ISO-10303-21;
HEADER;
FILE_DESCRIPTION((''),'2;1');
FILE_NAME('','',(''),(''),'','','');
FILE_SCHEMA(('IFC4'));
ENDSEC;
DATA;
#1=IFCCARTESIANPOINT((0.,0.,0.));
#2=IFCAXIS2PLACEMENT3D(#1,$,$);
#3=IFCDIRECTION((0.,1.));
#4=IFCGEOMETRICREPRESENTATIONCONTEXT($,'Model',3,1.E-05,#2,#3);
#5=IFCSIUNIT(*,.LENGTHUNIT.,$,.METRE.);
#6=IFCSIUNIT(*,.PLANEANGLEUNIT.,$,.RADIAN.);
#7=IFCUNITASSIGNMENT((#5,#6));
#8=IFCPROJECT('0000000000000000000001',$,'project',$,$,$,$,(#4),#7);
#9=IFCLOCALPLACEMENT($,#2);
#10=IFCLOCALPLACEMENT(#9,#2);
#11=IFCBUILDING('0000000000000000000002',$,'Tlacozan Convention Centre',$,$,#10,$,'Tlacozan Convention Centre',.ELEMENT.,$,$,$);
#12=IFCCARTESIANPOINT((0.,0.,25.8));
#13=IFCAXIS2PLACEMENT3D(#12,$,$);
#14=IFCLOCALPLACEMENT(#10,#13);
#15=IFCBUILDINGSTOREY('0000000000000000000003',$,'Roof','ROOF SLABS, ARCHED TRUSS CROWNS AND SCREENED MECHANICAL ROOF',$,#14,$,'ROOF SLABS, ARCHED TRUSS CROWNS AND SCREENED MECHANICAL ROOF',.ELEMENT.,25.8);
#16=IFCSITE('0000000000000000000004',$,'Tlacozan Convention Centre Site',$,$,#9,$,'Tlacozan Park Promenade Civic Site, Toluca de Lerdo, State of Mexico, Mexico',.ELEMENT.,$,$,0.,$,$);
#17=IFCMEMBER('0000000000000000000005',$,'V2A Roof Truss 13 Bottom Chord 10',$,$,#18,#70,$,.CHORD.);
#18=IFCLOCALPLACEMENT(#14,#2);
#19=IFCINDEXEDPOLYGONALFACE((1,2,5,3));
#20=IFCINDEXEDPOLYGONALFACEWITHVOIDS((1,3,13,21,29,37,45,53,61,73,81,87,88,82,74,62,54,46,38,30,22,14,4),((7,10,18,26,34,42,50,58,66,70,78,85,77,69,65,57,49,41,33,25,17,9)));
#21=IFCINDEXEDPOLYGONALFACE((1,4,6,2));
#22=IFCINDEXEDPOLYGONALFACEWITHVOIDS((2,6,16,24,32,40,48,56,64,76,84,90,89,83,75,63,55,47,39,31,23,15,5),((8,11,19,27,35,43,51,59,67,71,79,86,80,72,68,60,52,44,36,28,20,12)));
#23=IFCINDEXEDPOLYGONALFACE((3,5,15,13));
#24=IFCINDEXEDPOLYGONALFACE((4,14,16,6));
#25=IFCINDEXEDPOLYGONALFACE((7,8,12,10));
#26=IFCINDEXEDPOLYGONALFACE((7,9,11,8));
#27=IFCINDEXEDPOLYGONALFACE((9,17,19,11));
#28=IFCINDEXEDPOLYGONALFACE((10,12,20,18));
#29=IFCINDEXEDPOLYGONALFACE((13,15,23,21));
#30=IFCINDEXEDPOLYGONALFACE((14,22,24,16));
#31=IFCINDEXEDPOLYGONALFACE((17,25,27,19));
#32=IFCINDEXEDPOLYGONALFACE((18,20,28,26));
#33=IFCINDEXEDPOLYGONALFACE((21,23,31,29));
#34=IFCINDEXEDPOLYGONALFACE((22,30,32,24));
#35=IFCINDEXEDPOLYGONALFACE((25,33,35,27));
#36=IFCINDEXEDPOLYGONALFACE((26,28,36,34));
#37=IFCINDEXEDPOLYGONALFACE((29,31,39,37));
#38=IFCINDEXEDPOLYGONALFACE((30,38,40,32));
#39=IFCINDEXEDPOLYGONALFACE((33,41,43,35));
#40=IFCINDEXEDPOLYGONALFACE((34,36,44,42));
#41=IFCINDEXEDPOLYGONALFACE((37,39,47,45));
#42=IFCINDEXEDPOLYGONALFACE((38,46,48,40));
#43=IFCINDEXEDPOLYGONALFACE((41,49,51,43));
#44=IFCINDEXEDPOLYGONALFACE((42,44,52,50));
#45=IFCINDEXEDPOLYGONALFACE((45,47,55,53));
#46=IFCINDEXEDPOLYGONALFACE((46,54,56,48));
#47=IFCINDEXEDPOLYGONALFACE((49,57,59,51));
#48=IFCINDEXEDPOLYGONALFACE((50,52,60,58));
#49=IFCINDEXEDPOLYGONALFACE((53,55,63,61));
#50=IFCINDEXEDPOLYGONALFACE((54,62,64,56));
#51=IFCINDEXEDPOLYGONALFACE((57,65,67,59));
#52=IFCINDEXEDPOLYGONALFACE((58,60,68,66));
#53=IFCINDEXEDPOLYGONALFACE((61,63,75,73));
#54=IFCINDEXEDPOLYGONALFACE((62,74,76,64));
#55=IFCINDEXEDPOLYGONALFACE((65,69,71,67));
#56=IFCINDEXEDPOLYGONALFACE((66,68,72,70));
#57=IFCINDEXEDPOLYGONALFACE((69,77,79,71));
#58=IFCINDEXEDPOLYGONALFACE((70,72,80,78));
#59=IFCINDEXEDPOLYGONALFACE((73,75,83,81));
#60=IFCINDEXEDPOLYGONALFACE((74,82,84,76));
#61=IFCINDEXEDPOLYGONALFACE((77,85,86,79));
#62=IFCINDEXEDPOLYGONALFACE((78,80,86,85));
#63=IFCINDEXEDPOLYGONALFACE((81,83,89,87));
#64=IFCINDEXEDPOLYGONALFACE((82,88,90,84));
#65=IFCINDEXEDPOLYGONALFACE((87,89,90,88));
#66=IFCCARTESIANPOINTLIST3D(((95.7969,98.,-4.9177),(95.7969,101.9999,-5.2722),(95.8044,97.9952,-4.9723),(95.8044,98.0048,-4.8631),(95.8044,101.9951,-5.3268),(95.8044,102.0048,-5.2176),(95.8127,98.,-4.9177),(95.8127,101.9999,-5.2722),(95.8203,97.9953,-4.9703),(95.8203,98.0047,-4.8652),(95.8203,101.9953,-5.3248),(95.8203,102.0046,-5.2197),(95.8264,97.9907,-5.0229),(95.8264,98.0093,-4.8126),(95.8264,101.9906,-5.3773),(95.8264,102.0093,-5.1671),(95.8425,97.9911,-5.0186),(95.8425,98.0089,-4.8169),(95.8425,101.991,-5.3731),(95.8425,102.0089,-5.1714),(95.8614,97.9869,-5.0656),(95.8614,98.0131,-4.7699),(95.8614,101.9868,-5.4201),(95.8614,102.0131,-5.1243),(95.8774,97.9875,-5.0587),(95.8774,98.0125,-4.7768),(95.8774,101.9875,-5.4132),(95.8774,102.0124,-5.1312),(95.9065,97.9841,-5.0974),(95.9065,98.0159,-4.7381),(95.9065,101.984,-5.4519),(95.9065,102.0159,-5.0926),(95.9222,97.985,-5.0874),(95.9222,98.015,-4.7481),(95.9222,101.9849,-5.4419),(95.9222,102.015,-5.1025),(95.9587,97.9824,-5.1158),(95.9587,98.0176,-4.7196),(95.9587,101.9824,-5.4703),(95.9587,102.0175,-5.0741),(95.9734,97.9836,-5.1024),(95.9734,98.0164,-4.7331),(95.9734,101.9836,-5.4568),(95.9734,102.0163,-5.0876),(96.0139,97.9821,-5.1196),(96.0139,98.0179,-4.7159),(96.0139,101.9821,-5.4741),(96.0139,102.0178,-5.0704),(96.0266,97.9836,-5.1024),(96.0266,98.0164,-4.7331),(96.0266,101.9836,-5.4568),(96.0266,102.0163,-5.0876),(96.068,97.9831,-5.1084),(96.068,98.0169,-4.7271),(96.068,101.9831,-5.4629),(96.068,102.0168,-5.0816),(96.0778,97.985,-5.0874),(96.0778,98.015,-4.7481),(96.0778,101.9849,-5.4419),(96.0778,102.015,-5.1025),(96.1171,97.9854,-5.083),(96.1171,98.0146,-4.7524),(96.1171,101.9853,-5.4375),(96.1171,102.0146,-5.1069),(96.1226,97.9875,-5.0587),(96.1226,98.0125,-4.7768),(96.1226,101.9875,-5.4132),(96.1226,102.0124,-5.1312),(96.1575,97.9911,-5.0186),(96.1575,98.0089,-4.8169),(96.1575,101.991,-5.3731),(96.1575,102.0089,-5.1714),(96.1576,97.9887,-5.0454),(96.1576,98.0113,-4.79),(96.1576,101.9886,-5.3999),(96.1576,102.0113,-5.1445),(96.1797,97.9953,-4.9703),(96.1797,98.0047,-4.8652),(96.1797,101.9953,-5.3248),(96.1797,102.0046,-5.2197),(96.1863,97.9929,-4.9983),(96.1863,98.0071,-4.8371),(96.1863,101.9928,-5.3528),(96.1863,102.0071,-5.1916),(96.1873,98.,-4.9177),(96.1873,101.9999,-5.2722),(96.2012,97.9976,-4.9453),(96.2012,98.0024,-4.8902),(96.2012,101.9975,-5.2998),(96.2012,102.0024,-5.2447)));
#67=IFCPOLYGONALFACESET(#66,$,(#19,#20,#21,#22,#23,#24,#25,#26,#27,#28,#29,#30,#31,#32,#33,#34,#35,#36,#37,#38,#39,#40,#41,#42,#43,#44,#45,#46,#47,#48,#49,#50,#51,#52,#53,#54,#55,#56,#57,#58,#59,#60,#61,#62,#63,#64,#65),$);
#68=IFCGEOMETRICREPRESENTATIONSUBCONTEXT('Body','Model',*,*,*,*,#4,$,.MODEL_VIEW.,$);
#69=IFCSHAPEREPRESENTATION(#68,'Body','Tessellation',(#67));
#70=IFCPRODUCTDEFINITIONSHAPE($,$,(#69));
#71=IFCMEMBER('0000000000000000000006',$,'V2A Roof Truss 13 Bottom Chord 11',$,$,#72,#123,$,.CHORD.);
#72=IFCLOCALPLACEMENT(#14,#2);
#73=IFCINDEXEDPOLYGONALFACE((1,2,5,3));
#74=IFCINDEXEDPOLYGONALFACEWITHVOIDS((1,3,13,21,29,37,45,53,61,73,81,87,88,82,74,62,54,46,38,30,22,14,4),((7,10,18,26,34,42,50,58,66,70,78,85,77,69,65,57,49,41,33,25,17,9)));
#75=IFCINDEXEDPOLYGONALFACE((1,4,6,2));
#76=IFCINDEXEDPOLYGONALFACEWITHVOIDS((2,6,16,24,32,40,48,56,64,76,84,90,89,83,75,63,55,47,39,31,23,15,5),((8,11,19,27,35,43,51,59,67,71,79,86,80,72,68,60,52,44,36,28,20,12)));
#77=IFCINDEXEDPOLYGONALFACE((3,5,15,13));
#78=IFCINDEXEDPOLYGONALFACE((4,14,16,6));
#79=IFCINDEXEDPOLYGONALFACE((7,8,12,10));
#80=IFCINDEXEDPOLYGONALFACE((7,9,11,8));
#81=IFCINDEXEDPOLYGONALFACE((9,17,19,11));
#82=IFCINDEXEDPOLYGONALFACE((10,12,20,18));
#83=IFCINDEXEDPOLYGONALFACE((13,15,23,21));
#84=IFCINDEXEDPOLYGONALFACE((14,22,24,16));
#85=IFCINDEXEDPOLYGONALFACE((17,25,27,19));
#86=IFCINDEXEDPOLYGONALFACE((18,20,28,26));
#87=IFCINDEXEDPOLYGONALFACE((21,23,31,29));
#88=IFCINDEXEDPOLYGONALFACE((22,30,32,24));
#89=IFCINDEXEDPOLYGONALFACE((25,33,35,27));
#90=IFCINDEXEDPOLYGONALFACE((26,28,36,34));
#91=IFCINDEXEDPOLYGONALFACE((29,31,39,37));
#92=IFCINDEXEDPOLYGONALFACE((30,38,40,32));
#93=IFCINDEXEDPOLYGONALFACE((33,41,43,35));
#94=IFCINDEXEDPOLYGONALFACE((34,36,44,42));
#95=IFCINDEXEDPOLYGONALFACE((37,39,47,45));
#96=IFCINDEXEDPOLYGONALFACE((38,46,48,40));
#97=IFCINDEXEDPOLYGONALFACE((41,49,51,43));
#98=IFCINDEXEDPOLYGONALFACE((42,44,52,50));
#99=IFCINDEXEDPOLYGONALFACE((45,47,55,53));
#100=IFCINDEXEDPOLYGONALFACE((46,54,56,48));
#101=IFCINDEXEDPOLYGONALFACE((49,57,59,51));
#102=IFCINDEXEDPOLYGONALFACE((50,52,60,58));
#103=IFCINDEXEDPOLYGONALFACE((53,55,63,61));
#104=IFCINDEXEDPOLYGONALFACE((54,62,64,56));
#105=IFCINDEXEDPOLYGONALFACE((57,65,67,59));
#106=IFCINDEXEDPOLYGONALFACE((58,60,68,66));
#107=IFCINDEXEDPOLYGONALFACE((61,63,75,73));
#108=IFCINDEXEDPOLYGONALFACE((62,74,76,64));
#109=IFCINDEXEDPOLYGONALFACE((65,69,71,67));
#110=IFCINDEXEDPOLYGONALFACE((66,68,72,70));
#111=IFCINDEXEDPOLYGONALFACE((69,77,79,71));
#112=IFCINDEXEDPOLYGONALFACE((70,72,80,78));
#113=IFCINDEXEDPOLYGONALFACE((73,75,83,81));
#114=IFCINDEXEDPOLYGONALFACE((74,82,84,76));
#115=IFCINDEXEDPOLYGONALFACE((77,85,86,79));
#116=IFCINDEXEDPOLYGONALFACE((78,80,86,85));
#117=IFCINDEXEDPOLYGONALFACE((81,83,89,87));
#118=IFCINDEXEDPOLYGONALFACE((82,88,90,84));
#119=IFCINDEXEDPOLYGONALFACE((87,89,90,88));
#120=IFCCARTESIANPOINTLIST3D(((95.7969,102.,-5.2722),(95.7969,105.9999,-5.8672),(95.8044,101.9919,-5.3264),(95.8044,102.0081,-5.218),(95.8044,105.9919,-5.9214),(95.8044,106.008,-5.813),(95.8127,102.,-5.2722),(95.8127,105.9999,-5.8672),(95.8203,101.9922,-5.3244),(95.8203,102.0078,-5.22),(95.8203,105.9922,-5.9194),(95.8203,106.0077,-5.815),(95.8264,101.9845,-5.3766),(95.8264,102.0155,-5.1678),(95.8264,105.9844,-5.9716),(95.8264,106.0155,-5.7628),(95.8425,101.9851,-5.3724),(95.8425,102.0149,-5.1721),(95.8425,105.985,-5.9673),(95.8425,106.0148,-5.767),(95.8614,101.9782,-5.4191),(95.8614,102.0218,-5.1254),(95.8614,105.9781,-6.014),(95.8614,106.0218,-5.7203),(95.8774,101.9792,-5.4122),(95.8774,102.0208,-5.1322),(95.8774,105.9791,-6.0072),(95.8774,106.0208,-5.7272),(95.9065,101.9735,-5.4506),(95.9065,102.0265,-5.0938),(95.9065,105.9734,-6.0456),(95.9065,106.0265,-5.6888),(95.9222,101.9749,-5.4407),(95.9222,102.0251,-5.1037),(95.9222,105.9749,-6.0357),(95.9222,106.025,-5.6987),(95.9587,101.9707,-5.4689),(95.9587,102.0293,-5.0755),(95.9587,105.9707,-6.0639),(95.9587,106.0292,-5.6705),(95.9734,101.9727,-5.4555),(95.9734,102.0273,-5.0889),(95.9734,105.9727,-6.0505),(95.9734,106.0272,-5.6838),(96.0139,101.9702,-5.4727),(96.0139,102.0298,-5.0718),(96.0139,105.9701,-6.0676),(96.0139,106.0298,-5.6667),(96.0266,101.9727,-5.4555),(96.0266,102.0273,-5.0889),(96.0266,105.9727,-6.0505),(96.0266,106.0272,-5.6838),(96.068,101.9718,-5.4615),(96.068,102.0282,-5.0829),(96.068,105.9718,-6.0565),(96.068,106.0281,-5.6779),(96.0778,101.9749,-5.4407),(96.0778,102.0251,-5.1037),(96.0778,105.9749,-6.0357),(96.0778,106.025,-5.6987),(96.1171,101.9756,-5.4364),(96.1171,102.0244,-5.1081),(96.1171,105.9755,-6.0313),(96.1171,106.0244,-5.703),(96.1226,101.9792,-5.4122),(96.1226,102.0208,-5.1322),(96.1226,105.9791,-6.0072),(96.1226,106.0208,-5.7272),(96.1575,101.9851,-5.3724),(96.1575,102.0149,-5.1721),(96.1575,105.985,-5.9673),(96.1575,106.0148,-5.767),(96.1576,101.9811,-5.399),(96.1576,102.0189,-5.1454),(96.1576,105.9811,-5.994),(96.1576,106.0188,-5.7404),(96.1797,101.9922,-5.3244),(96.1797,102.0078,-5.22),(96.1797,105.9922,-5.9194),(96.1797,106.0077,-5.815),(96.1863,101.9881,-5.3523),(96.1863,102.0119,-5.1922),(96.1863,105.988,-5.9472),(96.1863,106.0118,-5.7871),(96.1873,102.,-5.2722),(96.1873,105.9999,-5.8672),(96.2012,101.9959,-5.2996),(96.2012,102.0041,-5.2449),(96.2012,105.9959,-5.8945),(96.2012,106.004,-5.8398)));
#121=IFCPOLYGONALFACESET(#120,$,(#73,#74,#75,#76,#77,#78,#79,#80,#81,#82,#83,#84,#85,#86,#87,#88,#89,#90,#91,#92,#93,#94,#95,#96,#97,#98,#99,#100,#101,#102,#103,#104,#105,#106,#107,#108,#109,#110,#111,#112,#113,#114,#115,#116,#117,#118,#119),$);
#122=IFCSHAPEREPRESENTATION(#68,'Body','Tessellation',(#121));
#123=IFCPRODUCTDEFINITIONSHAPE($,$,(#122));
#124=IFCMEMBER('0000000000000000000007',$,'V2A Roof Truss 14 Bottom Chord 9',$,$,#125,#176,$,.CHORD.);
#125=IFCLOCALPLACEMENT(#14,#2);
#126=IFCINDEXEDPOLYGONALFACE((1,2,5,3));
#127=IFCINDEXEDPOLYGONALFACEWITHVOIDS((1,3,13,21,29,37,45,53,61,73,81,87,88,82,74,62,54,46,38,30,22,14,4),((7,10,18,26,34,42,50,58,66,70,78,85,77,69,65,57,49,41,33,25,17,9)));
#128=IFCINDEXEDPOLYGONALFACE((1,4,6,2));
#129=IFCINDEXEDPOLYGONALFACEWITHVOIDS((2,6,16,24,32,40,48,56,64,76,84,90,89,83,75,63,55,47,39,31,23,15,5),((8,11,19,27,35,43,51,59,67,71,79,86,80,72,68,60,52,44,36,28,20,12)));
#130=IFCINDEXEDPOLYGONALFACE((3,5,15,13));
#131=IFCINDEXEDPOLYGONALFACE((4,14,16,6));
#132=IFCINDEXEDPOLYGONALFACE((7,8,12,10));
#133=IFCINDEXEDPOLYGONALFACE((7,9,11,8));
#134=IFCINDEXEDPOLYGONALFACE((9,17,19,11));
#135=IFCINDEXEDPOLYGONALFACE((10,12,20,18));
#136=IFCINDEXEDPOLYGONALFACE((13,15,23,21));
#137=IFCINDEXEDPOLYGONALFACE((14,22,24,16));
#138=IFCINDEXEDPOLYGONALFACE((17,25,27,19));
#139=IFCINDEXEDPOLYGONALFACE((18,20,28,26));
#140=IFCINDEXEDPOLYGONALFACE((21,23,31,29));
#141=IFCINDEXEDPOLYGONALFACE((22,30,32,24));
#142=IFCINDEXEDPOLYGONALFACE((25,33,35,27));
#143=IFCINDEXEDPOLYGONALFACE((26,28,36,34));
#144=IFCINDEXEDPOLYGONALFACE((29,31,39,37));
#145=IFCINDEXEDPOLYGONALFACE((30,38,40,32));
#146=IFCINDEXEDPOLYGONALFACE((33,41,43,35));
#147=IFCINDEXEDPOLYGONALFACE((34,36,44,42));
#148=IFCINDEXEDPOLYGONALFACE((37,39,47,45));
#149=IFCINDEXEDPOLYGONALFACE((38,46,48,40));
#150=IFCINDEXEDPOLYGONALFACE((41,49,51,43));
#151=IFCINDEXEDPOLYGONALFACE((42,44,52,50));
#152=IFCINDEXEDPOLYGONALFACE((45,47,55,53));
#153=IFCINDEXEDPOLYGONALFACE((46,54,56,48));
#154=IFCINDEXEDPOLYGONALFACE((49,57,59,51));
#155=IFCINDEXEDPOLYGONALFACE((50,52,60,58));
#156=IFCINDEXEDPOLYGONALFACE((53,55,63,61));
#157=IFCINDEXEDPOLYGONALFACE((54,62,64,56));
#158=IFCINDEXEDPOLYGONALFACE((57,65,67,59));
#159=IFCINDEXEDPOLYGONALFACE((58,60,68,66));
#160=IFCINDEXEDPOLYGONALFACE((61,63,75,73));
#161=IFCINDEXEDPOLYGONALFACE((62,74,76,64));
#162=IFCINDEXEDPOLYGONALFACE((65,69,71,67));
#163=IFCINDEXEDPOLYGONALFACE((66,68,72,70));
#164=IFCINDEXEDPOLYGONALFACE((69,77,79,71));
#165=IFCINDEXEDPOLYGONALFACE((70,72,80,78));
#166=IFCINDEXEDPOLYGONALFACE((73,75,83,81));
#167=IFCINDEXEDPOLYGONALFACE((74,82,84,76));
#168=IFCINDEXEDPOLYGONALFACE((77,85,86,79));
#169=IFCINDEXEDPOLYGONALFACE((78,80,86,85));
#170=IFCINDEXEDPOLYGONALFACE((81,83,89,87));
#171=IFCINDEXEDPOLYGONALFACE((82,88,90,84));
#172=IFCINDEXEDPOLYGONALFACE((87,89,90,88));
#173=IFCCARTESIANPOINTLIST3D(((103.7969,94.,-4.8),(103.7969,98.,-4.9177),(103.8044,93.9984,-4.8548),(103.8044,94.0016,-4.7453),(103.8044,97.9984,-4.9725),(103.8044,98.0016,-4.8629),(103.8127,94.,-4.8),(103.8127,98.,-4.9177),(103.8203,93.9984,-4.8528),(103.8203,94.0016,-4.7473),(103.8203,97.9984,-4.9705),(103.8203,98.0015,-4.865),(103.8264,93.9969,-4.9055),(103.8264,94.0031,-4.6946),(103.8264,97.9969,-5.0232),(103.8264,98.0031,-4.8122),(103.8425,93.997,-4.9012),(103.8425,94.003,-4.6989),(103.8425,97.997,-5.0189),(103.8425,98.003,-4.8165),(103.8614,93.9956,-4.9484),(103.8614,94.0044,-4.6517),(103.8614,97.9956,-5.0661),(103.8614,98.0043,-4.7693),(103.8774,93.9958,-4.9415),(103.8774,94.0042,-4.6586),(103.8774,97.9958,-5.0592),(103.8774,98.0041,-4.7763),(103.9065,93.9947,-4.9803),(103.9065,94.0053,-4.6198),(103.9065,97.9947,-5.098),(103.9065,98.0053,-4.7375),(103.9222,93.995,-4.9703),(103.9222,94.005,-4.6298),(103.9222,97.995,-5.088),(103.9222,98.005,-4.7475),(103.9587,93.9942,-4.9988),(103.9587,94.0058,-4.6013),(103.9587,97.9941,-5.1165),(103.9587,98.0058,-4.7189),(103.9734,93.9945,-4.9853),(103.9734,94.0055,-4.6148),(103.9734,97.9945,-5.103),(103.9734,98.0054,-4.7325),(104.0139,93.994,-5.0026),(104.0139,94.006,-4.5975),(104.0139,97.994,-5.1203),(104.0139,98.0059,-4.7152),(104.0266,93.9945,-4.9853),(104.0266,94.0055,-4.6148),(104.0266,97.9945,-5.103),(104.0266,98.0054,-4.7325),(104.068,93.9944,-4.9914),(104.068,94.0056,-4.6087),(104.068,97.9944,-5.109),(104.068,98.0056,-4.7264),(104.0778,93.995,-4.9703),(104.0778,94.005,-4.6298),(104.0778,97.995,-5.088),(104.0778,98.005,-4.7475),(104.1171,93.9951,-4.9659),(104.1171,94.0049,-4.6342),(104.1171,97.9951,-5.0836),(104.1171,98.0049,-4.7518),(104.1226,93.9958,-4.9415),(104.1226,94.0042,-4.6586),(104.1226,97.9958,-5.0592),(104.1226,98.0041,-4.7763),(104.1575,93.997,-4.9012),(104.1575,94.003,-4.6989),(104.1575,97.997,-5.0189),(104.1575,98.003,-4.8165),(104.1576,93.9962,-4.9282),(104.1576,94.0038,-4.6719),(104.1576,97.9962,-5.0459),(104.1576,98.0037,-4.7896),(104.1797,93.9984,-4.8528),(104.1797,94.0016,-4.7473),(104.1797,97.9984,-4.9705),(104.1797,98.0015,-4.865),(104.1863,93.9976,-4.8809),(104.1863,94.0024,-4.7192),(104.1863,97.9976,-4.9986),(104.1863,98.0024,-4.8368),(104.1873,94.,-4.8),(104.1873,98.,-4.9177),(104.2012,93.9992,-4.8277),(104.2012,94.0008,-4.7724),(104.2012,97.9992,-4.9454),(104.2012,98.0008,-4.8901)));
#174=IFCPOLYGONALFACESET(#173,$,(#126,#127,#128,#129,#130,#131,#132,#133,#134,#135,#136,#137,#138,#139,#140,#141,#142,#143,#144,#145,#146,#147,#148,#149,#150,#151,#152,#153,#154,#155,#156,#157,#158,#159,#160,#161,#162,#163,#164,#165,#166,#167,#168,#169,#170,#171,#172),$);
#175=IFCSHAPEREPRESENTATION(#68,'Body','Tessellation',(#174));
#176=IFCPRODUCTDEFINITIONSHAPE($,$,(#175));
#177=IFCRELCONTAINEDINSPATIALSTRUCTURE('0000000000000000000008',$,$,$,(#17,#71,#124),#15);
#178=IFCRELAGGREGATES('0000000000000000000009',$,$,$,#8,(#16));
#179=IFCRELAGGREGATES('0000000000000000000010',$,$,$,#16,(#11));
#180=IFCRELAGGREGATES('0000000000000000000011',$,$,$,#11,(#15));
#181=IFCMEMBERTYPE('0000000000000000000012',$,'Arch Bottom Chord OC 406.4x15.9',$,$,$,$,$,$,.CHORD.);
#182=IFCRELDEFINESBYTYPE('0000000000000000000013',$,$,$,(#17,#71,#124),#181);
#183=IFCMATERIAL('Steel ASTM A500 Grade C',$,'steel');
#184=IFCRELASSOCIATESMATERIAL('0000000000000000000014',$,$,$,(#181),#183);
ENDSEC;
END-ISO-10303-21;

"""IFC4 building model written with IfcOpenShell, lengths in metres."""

from ifc_helpers import new_model, si_unit, direction, frame, origin, origin_2d, place, context, subcontext, project, spatial, hollow_circle, extrude, material, material_profile, profile_set, type_object, element, save


model = new_model("IFC4")

# Units and contexts
model_context = context("Model", 3, precision=1e-05, world=origin(), true_north=direction((0.0, 1.0)))
body_context = subcontext(model_context, "Body", "Model", "MODEL_VIEW")
ifc_project = project(units=[si_unit("LENGTHUNIT", "METRE"), si_unit("PLANEANGLEUNIT", "RADIAN")], contexts=[model_context])

# Site, building, storey
site_placement = place(None, origin())
site = spatial("IfcSite", under=ifc_project, at=site_placement, Name="Tlacozan Convention Centre Site", LongName="Tlacozan Park Promenade Civic Site, Toluca de Lerdo, State of Mexico, Mexico", CompositionType="ELEMENT", RefElevation=0.0)
building_placement = place(site_placement, origin())
building = spatial("IfcBuilding", under=site, at=building_placement, Name="Tlacozan Convention Centre", LongName="Tlacozan Convention Centre", CompositionType="ELEMENT")
storey_placement = place(building_placement, frame((0.0, 0.0, 25.8)))
storey = spatial("IfcBuildingStorey", under=building, at=storey_placement, Name="Roof", Description="ROOF SLABS, ARCHED TRUSS CROWNS AND SCREENED MECHANICAL ROOF", LongName="ROOF SLABS, ARCHED TRUSS CROWNS AND SCREENED MECHANICAL ROOF", CompositionType="ELEMENT", Elevation=25.8)

# Members
ifc_material_1 = material(Name="Steel ASTM A500 Grade C", Category="steel")
ifc_material_profile_1 = material_profile(ifc_material_1, hollow_circle(Radius=0.2031, WallThickness=0.0159, at=origin_2d()), Name="OC 406.4x15.9")
ifc_profile_set_1 = profile_set([ifc_material_profile_1], Name="Steel ASTM A500 Grade C")
member_type_1 = type_object("IfcMemberType", Name="Arch Bottom Chord OC 406.4x15.9", PredefinedType="CHORD", material=ifc_profile_set_1)
member_1_placement = place(storey_placement, frame((96.0, 98.0, -4.9177), z_axis=(0.0, 0.996096, -0.088277), x_axis=(-1.0, 0.0, 0.0)))
element("IfcMember", 1, at=member_1_placement, inside=storey, type_object=member_type_1, Name="V2A Roof Truss 13 Bottom Chord 10", PredefinedType="CHORD", context=body_context, shape_type="SweptSolid", body=[
    extrude(hollow_circle(Radius=0.2031, WallThickness=0.0159, at=origin_2d()), origin(), (0.0, 0.0, 1.0), 4.0156),
])
member_2_placement = place(storey_placement, frame((96.0, 102.0, -5.2722), z_axis=(0.0, 0.989118, -0.147124), x_axis=(-1.0, 0.0, 0.0)))
element("IfcMember", 2, at=member_2_placement, inside=storey, type_object=member_type_1, Name="V2A Roof Truss 13 Bottom Chord 11", PredefinedType="CHORD", context=body_context, shape_type="SweptSolid", body=[
    extrude(hollow_circle(Radius=0.2031, WallThickness=0.0159, at=origin_2d()), origin(), (0.0, 0.0, 1.0), 4.0439),
])
member_3_placement = place(storey_placement, frame((104.0, 94.0, -4.8), z_axis=(0.0, 0.999568, -0.029406), x_axis=(-1.0, 0.0, 0.0)))
element("IfcMember", 3, at=member_3_placement, inside=storey, type_object=member_type_1, Name="V2A Roof Truss 14 Bottom Chord 9", PredefinedType="CHORD", context=body_context, shape_type="SweptSolid", body=[
    extrude(hollow_circle(Radius=0.2031, WallThickness=0.0159, at=origin_2d()), origin(), (0.0, 0.0, 1.0), 4.0017),
])

save(model, "model.ifc")
